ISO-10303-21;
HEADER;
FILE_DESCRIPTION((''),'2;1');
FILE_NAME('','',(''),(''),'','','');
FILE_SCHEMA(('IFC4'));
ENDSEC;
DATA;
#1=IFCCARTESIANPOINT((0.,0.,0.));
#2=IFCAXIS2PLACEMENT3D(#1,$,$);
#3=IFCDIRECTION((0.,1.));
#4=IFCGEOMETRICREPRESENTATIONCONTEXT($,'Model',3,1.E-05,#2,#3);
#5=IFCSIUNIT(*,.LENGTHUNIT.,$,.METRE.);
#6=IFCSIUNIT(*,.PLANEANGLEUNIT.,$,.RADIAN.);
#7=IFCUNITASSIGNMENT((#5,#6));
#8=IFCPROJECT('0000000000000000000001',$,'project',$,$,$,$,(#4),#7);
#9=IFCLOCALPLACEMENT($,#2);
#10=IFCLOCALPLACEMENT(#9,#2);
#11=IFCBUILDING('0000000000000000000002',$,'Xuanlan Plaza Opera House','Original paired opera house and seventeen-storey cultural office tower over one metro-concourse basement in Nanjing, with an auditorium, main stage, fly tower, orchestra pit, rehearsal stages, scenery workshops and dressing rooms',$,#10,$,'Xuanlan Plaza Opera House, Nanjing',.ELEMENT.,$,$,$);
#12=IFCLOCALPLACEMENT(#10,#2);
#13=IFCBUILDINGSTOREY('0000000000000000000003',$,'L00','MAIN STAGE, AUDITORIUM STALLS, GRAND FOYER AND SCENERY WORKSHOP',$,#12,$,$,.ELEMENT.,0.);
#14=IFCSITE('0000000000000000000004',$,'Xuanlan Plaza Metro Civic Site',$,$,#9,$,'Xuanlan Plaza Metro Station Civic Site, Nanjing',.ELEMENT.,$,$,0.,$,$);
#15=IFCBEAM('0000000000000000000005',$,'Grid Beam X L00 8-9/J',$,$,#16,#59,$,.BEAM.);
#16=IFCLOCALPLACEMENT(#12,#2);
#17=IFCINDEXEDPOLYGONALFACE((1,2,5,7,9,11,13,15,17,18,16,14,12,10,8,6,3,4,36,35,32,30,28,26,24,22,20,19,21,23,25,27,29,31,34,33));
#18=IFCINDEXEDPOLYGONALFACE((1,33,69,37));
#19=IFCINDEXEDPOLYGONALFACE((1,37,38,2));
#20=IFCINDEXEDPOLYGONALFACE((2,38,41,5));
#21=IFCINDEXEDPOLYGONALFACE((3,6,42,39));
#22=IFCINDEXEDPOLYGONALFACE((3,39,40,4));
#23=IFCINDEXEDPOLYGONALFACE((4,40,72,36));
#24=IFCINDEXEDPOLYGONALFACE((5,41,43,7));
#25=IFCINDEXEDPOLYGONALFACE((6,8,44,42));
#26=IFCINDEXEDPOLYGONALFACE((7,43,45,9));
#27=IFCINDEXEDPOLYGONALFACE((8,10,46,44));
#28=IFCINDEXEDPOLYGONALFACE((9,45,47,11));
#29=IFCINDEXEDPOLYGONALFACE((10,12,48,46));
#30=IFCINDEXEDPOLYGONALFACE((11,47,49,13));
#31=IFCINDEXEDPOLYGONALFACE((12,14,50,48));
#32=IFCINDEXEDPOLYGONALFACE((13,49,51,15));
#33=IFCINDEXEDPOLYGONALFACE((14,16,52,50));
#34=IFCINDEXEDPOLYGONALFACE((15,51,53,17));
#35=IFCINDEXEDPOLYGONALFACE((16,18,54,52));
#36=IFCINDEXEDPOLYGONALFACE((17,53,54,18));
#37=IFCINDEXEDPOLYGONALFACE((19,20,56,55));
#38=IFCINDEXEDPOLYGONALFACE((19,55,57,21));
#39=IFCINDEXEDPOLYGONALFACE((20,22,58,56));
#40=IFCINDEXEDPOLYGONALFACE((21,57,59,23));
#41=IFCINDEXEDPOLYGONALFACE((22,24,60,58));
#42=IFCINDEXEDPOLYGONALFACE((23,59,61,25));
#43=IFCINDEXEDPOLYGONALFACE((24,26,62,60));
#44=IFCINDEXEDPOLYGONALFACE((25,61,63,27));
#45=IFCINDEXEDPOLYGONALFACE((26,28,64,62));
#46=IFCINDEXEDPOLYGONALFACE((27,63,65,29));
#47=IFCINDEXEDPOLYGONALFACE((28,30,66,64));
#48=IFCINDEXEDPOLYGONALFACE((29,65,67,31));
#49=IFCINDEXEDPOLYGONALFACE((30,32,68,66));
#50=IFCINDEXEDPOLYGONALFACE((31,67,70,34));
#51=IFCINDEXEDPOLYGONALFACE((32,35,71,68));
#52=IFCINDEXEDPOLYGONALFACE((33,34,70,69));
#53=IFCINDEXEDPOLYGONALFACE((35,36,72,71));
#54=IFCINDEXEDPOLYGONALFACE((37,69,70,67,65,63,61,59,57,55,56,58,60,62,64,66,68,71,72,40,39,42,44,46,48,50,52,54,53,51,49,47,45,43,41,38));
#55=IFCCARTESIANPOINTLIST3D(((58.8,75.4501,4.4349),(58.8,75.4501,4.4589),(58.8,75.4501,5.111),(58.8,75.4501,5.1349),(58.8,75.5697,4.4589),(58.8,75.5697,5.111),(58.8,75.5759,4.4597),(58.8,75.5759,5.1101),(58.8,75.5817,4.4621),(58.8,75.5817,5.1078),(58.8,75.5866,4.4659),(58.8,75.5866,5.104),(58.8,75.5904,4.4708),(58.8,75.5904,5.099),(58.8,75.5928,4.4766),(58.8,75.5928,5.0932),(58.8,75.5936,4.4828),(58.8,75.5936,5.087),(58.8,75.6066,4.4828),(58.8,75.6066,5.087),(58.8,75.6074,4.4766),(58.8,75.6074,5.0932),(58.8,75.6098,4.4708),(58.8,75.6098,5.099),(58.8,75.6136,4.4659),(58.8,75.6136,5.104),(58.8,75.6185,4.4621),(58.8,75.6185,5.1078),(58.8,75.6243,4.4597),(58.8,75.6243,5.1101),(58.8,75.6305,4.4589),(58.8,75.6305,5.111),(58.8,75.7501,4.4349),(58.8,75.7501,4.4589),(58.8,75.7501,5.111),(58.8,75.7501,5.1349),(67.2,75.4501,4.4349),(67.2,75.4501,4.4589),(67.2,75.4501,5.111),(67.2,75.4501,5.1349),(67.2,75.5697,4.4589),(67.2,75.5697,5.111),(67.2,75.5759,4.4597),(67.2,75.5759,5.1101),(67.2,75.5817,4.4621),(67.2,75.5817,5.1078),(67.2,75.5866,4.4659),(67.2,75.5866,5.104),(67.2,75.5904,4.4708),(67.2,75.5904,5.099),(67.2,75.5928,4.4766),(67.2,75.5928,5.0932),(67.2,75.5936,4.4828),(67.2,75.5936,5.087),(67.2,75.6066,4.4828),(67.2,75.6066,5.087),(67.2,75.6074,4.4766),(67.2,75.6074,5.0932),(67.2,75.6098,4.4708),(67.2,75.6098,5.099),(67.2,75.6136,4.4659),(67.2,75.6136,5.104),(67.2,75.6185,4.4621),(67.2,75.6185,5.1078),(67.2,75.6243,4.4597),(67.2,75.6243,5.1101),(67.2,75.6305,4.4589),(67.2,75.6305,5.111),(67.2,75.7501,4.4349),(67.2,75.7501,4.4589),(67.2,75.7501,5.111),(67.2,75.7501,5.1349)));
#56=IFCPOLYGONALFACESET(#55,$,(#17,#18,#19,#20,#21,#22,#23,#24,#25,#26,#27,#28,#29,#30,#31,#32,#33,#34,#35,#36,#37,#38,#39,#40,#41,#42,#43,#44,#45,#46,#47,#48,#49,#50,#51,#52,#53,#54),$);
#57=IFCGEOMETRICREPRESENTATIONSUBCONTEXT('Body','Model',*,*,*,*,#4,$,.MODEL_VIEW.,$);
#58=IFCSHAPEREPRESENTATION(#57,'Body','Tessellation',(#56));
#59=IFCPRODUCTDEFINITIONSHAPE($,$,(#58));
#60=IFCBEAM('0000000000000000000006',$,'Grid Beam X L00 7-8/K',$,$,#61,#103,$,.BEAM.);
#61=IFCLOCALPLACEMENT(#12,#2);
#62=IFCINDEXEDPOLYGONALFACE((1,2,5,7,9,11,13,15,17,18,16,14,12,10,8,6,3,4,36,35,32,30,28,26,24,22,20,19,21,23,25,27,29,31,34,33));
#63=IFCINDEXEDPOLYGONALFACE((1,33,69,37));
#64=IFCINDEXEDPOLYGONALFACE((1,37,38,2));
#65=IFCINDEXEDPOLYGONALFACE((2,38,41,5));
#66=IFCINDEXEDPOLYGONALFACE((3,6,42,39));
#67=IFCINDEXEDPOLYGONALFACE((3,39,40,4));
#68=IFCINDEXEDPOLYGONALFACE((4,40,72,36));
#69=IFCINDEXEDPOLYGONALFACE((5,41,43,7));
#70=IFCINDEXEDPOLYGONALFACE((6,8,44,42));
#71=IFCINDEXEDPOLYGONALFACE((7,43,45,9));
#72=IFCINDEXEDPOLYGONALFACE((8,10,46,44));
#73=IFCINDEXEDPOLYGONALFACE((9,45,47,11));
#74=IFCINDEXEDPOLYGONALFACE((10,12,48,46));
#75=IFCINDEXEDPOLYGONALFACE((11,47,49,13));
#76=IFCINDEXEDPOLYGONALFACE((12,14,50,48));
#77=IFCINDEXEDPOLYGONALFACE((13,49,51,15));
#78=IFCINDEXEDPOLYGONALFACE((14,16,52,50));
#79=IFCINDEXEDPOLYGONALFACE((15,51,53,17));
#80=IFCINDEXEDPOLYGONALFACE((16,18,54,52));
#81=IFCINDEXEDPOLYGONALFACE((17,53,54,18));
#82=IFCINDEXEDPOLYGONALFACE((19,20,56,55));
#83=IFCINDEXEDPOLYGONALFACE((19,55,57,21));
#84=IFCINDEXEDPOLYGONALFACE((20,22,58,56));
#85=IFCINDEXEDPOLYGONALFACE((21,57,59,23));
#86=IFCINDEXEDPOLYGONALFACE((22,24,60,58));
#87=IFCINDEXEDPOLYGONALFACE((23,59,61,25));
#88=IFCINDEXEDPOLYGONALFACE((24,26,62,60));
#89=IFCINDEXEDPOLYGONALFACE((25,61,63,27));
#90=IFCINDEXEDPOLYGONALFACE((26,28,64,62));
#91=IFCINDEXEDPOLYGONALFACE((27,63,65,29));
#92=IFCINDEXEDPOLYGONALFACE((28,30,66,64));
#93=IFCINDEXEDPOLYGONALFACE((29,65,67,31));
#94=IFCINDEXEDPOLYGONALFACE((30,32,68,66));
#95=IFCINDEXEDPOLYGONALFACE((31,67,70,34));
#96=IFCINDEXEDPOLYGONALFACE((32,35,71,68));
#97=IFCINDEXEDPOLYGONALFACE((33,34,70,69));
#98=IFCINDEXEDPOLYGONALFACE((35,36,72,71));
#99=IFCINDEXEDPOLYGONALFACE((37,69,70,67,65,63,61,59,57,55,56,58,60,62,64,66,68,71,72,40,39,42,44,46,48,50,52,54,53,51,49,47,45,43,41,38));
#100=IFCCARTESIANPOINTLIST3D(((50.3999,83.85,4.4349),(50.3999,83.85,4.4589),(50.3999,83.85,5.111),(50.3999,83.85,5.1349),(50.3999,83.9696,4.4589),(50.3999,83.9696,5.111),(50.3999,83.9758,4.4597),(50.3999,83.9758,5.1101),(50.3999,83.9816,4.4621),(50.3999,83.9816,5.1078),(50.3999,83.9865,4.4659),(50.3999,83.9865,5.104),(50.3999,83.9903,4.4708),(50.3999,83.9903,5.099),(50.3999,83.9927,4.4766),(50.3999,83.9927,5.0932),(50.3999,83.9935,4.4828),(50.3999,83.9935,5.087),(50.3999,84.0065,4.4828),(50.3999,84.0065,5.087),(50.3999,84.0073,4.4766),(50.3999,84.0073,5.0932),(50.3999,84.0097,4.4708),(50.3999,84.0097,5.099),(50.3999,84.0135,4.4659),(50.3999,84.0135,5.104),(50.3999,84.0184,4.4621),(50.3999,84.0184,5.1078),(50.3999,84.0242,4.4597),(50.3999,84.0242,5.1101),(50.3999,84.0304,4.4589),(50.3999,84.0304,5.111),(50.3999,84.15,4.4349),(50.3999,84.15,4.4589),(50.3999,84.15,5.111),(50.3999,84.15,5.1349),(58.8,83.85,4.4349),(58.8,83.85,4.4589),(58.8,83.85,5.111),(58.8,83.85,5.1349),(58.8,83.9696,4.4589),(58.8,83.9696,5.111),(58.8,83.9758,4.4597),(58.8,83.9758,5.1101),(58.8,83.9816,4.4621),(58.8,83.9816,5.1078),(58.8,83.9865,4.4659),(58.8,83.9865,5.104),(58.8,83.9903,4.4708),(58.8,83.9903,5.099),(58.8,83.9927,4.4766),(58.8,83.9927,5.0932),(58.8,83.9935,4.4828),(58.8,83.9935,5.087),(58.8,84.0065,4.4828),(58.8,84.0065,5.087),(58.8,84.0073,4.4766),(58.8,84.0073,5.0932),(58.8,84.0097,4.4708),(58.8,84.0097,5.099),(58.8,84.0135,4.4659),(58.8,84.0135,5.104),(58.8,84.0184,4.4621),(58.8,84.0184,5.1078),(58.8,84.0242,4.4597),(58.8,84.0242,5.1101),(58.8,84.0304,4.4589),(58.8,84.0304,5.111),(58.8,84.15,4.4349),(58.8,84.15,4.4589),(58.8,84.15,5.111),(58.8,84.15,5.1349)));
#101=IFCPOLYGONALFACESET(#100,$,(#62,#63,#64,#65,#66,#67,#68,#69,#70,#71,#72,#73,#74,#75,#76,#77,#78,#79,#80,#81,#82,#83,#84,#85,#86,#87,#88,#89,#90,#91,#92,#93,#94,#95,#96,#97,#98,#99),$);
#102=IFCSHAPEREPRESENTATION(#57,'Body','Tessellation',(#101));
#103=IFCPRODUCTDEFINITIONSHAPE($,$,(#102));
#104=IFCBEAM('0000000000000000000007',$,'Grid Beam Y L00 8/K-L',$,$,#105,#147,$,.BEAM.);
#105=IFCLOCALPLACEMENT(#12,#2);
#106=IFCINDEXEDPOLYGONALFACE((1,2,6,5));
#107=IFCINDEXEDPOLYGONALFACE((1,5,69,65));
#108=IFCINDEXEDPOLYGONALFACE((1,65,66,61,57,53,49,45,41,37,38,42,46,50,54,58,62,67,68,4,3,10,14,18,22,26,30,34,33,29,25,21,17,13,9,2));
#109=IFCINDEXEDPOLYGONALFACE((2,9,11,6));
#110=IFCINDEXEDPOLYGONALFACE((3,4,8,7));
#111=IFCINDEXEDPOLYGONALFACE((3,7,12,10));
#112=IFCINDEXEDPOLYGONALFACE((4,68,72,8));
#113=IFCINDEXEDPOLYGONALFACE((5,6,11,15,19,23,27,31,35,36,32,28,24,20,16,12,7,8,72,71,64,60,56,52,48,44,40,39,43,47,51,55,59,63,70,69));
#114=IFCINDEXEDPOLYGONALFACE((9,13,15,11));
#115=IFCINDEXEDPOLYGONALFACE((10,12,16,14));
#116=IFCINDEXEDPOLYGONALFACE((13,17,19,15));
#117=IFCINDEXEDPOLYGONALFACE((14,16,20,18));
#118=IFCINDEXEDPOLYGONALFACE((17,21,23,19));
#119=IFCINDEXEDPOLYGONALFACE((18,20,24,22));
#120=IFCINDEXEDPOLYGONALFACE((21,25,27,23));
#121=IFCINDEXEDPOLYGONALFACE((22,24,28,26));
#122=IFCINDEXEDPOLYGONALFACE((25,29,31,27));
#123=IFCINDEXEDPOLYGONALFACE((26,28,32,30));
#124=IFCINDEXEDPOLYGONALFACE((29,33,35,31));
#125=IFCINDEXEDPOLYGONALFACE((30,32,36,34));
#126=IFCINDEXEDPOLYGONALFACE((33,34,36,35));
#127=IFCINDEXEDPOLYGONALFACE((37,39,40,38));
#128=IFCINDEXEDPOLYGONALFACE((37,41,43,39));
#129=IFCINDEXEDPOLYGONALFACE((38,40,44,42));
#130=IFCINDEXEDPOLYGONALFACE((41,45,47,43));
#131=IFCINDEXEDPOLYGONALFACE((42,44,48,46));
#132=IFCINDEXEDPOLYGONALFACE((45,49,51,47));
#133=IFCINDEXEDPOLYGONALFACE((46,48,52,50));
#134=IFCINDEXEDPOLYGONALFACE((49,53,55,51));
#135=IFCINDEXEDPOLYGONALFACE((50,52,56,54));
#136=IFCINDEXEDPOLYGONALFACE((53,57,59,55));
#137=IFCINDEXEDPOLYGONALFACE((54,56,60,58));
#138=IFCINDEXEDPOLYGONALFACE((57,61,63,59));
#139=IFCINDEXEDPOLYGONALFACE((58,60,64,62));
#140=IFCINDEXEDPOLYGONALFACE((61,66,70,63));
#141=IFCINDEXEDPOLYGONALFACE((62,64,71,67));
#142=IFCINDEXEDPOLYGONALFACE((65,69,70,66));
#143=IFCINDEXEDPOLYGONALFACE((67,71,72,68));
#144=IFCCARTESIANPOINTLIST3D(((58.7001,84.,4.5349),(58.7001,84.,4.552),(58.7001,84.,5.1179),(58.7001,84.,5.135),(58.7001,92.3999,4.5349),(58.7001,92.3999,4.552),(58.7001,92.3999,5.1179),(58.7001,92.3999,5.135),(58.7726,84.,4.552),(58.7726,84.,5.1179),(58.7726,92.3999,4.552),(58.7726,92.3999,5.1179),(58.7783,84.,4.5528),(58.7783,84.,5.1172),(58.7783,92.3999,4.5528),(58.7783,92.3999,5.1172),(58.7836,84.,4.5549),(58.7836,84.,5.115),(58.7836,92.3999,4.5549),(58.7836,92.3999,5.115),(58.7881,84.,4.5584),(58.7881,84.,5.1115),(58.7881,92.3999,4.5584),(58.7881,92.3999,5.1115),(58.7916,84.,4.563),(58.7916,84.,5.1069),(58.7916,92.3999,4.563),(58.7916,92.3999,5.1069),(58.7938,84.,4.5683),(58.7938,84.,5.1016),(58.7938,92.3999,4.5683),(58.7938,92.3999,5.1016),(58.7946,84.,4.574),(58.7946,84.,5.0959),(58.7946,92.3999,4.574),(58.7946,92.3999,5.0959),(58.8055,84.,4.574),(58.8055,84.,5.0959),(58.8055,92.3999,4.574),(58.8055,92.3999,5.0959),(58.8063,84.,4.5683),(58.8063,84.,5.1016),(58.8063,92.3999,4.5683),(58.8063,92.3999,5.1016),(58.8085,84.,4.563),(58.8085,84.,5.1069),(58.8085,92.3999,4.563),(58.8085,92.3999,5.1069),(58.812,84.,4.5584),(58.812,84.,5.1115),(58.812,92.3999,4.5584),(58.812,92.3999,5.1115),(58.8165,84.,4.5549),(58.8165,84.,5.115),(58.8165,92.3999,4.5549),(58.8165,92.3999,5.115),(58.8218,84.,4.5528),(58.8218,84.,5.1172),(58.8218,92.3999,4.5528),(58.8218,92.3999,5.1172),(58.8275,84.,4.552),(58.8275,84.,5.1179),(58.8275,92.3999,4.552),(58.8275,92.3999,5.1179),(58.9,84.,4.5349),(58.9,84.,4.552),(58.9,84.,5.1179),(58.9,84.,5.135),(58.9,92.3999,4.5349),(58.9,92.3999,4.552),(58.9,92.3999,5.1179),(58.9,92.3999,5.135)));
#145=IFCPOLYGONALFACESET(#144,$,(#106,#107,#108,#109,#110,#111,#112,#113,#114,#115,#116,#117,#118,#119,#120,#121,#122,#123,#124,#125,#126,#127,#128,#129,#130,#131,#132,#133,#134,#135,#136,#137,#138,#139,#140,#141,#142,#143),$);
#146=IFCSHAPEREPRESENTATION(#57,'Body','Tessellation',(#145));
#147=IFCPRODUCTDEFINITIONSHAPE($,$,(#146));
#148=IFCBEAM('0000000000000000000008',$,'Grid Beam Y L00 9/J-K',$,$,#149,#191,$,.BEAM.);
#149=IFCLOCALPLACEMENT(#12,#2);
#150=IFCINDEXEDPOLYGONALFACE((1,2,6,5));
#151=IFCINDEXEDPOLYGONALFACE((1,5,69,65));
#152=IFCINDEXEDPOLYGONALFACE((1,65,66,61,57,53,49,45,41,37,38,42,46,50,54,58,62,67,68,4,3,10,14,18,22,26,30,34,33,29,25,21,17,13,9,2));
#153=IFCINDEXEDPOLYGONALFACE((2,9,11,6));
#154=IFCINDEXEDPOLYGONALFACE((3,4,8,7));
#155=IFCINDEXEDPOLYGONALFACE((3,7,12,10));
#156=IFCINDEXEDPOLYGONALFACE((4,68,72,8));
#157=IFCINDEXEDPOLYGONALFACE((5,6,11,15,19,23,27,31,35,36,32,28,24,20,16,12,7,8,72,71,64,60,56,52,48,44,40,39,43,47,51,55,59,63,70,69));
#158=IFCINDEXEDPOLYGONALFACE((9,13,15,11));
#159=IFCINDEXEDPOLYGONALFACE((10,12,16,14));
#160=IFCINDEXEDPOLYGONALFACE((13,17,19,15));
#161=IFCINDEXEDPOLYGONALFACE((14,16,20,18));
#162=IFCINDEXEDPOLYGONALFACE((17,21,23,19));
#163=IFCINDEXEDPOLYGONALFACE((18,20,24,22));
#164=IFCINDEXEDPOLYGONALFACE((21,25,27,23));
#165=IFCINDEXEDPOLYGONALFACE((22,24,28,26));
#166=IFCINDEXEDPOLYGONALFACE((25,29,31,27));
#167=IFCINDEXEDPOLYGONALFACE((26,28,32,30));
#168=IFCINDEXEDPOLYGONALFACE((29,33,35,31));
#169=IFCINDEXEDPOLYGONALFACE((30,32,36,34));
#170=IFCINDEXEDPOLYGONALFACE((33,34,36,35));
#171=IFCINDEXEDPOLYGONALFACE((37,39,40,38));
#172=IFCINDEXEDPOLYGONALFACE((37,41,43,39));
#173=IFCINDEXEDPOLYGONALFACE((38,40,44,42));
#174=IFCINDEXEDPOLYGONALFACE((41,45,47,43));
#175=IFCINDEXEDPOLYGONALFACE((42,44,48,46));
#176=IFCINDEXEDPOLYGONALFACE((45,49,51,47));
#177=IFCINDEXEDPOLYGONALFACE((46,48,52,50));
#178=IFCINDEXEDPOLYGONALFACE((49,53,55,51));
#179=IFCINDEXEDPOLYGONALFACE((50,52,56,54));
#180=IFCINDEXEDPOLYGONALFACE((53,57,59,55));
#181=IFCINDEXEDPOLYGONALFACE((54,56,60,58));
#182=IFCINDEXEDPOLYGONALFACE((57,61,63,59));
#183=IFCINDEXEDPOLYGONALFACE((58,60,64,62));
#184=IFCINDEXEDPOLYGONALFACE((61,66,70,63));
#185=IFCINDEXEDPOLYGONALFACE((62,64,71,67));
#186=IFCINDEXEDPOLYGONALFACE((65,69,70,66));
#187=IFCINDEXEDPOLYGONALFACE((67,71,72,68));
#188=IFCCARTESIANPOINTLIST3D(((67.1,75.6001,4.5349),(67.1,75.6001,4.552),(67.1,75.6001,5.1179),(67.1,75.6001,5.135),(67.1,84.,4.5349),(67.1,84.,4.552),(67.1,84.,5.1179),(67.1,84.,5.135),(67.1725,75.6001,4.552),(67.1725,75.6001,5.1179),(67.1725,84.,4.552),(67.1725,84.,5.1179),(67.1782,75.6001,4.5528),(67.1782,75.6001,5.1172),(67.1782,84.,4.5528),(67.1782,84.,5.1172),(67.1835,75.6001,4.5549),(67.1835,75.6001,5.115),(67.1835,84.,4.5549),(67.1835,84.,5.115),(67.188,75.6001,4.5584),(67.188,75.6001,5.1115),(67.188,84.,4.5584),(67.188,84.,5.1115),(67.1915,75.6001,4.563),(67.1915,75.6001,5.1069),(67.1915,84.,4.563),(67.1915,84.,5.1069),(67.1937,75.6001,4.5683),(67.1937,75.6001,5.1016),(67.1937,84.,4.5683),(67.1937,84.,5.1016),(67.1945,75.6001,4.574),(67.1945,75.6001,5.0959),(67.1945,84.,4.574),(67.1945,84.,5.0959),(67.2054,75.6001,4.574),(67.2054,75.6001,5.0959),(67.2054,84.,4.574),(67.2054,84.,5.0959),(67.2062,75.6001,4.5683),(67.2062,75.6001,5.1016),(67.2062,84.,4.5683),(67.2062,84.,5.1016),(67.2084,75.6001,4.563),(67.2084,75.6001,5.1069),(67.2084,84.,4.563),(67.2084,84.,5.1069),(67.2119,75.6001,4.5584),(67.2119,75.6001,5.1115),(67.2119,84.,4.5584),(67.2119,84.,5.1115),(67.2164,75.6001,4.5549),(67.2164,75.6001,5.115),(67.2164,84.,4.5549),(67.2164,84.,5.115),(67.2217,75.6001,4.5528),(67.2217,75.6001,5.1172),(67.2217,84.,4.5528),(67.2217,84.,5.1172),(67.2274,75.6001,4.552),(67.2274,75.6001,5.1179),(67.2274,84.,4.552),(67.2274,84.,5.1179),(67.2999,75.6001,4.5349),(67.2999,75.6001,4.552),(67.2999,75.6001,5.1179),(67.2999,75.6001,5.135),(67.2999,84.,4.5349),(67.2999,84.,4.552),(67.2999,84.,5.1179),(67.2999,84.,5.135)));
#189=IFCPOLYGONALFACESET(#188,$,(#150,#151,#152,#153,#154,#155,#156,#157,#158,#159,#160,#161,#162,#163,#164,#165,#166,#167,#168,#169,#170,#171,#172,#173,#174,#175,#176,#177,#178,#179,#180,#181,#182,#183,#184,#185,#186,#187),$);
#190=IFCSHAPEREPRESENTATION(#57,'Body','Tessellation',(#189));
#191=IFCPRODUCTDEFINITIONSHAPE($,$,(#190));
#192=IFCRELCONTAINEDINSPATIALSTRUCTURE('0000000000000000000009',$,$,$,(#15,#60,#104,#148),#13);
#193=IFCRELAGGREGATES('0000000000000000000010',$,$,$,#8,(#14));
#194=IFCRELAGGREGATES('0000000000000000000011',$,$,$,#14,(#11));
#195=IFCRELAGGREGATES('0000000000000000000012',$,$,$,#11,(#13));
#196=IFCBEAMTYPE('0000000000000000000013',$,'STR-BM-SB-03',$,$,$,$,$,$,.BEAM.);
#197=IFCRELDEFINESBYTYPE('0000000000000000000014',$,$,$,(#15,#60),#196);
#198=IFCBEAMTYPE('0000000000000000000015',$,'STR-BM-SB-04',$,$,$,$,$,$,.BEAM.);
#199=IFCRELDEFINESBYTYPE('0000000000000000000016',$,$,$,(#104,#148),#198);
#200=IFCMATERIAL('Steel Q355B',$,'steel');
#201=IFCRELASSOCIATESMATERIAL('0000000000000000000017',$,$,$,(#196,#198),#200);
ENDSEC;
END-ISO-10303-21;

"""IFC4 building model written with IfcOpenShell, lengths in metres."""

from ifc_helpers import new_model, si_unit, direction, frame, origin, origin_2d, place, context, subcontext, project, spatial, i_section, extrude, material, material_profile, profile_set, type_object, element, save


model = new_model("IFC4")

# Units and contexts
model_context = context("Model", 3, precision=1e-05, world=origin(), true_north=direction((0.0, 1.0)))
body_context = subcontext(model_context, "Body", "Model", "MODEL_VIEW")
ifc_project = project(units=[si_unit("LENGTHUNIT", "METRE"), si_unit("PLANEANGLEUNIT", "RADIAN")], contexts=[model_context])

# Site, building, storey
site_placement = place(None, origin())
site = spatial("IfcSite", under=ifc_project, at=site_placement, Name="Xuanlan Plaza Metro Civic Site", LongName="Xuanlan Plaza Metro Station Civic Site, Nanjing", CompositionType="ELEMENT", RefElevation=0.0)
building_placement = place(site_placement, origin())
building = spatial("IfcBuilding", under=site, at=building_placement, Name="Xuanlan Plaza Opera House", Description="Original paired opera house and seventeen-storey cultural office tower over one metro-concourse basement in Nanjing, with an auditorium, main stage, fly tower, orchestra pit, rehearsal stages, scenery workshops and dressing rooms", LongName="Xuanlan Plaza Opera House, Nanjing", CompositionType="ELEMENT")
storey_placement = place(building_placement, origin())
storey = spatial("IfcBuildingStorey", under=building, at=storey_placement, Name="L00", Description="MAIN STAGE, AUDITORIUM STALLS, GRAND FOYER AND SCENERY WORKSHOP", CompositionType="ELEMENT", Elevation=0.0)

# Beams
ifc_material_1 = material(Name="Steel Q355B", Category="steel")
ifc_material_profile_1 = material_profile(ifc_material_1, i_section(OverallWidth=0.3, OverallDepth=0.7, WebThickness=0.0129, FlangeThickness=0.0239, FilletRadius=0.0239, at=origin_2d()), Name="HN 700x300x13x24")
ifc_profile_set_1 = profile_set([ifc_material_profile_1], Name="Steel Q355B")
beam_type_1 = type_object("IfcBeamType", Name="STR-BM-SB-03", PredefinedType="BEAM", material=ifc_profile_set_1)
beam_1_placement = place(storey_placement, frame((58.8, 75.6001, 4.7849), z_axis=(1.0, 0.0, 0.0), x_axis=(0.0, 1.0, 0.0)))
element("IfcBeam", 1, at=beam_1_placement, inside=storey, type_object=beam_type_1, Name="Grid Beam X L00 8-9/J", PredefinedType="BEAM", context=body_context, shape_type="SweptSolid", body=[
    extrude(i_section(OverallWidth=0.3, OverallDepth=0.7, WebThickness=0.0129, FlangeThickness=0.0239, FilletRadius=0.0239, at=origin_2d()), origin(), (0.0, 0.0, 1.0), 8.3999),
])
beam_2_placement = place(storey_placement, frame((50.3999, 84.0, 4.7849), z_axis=(1.0, 0.0, 0.0), x_axis=(0.0, 1.0, 0.0)))
element("IfcBeam", 2, at=beam_2_placement, inside=storey, type_object=beam_type_1, Name="Grid Beam X L00 7-8/K", PredefinedType="BEAM", context=body_context, shape_type="SweptSolid", body=[
    extrude(i_section(OverallWidth=0.3, OverallDepth=0.7, WebThickness=0.0129, FlangeThickness=0.0239, FilletRadius=0.0239, at=origin_2d()), origin(), (0.0, 0.0, 1.0), 8.4001),
])
ifc_material_profile_2 = material_profile(ifc_material_1, i_section(OverallWidth=0.2, OverallDepth=0.6001, WebThickness=0.011, FlangeThickness=0.0171, FilletRadius=0.022, at=origin_2d()), Name="HN 600x200x11x17")
ifc_profile_set_2 = profile_set([ifc_material_profile_2], Name="Steel Q355B")
beam_type_2 = type_object("IfcBeamType", Name="STR-BM-SB-04", PredefinedType="BEAM", material=ifc_profile_set_2)
for number, where, z_axis, x_axis, name in (
    (3, (58.8, 84.0, 4.835), (0.0, 1.0, 0.0), (-1.0, 0.0, 0.0), "Grid Beam Y L00 8/K-L"),
    (4, (67.2, 75.6001, 4.835), (0.0, 1.0, 0.0), (-1.0, 0.0, 0.0), "Grid Beam Y L00 9/J-K"),
):
    element("IfcBeam", number, at=place(storey_placement, frame(where, z_axis=z_axis, x_axis=x_axis)), inside=storey, type_object=beam_type_2, Name=name, PredefinedType="BEAM", context=body_context, shape_type="SweptSolid", body=[
        extrude(i_section(OverallWidth=0.2, OverallDepth=0.6001, WebThickness=0.011, FlangeThickness=0.0171, FilletRadius=0.022, at=origin_2d()), origin(), (0.0, 0.0, 1.0), 8.3999),
    ])

save(model, "model.ifc")
